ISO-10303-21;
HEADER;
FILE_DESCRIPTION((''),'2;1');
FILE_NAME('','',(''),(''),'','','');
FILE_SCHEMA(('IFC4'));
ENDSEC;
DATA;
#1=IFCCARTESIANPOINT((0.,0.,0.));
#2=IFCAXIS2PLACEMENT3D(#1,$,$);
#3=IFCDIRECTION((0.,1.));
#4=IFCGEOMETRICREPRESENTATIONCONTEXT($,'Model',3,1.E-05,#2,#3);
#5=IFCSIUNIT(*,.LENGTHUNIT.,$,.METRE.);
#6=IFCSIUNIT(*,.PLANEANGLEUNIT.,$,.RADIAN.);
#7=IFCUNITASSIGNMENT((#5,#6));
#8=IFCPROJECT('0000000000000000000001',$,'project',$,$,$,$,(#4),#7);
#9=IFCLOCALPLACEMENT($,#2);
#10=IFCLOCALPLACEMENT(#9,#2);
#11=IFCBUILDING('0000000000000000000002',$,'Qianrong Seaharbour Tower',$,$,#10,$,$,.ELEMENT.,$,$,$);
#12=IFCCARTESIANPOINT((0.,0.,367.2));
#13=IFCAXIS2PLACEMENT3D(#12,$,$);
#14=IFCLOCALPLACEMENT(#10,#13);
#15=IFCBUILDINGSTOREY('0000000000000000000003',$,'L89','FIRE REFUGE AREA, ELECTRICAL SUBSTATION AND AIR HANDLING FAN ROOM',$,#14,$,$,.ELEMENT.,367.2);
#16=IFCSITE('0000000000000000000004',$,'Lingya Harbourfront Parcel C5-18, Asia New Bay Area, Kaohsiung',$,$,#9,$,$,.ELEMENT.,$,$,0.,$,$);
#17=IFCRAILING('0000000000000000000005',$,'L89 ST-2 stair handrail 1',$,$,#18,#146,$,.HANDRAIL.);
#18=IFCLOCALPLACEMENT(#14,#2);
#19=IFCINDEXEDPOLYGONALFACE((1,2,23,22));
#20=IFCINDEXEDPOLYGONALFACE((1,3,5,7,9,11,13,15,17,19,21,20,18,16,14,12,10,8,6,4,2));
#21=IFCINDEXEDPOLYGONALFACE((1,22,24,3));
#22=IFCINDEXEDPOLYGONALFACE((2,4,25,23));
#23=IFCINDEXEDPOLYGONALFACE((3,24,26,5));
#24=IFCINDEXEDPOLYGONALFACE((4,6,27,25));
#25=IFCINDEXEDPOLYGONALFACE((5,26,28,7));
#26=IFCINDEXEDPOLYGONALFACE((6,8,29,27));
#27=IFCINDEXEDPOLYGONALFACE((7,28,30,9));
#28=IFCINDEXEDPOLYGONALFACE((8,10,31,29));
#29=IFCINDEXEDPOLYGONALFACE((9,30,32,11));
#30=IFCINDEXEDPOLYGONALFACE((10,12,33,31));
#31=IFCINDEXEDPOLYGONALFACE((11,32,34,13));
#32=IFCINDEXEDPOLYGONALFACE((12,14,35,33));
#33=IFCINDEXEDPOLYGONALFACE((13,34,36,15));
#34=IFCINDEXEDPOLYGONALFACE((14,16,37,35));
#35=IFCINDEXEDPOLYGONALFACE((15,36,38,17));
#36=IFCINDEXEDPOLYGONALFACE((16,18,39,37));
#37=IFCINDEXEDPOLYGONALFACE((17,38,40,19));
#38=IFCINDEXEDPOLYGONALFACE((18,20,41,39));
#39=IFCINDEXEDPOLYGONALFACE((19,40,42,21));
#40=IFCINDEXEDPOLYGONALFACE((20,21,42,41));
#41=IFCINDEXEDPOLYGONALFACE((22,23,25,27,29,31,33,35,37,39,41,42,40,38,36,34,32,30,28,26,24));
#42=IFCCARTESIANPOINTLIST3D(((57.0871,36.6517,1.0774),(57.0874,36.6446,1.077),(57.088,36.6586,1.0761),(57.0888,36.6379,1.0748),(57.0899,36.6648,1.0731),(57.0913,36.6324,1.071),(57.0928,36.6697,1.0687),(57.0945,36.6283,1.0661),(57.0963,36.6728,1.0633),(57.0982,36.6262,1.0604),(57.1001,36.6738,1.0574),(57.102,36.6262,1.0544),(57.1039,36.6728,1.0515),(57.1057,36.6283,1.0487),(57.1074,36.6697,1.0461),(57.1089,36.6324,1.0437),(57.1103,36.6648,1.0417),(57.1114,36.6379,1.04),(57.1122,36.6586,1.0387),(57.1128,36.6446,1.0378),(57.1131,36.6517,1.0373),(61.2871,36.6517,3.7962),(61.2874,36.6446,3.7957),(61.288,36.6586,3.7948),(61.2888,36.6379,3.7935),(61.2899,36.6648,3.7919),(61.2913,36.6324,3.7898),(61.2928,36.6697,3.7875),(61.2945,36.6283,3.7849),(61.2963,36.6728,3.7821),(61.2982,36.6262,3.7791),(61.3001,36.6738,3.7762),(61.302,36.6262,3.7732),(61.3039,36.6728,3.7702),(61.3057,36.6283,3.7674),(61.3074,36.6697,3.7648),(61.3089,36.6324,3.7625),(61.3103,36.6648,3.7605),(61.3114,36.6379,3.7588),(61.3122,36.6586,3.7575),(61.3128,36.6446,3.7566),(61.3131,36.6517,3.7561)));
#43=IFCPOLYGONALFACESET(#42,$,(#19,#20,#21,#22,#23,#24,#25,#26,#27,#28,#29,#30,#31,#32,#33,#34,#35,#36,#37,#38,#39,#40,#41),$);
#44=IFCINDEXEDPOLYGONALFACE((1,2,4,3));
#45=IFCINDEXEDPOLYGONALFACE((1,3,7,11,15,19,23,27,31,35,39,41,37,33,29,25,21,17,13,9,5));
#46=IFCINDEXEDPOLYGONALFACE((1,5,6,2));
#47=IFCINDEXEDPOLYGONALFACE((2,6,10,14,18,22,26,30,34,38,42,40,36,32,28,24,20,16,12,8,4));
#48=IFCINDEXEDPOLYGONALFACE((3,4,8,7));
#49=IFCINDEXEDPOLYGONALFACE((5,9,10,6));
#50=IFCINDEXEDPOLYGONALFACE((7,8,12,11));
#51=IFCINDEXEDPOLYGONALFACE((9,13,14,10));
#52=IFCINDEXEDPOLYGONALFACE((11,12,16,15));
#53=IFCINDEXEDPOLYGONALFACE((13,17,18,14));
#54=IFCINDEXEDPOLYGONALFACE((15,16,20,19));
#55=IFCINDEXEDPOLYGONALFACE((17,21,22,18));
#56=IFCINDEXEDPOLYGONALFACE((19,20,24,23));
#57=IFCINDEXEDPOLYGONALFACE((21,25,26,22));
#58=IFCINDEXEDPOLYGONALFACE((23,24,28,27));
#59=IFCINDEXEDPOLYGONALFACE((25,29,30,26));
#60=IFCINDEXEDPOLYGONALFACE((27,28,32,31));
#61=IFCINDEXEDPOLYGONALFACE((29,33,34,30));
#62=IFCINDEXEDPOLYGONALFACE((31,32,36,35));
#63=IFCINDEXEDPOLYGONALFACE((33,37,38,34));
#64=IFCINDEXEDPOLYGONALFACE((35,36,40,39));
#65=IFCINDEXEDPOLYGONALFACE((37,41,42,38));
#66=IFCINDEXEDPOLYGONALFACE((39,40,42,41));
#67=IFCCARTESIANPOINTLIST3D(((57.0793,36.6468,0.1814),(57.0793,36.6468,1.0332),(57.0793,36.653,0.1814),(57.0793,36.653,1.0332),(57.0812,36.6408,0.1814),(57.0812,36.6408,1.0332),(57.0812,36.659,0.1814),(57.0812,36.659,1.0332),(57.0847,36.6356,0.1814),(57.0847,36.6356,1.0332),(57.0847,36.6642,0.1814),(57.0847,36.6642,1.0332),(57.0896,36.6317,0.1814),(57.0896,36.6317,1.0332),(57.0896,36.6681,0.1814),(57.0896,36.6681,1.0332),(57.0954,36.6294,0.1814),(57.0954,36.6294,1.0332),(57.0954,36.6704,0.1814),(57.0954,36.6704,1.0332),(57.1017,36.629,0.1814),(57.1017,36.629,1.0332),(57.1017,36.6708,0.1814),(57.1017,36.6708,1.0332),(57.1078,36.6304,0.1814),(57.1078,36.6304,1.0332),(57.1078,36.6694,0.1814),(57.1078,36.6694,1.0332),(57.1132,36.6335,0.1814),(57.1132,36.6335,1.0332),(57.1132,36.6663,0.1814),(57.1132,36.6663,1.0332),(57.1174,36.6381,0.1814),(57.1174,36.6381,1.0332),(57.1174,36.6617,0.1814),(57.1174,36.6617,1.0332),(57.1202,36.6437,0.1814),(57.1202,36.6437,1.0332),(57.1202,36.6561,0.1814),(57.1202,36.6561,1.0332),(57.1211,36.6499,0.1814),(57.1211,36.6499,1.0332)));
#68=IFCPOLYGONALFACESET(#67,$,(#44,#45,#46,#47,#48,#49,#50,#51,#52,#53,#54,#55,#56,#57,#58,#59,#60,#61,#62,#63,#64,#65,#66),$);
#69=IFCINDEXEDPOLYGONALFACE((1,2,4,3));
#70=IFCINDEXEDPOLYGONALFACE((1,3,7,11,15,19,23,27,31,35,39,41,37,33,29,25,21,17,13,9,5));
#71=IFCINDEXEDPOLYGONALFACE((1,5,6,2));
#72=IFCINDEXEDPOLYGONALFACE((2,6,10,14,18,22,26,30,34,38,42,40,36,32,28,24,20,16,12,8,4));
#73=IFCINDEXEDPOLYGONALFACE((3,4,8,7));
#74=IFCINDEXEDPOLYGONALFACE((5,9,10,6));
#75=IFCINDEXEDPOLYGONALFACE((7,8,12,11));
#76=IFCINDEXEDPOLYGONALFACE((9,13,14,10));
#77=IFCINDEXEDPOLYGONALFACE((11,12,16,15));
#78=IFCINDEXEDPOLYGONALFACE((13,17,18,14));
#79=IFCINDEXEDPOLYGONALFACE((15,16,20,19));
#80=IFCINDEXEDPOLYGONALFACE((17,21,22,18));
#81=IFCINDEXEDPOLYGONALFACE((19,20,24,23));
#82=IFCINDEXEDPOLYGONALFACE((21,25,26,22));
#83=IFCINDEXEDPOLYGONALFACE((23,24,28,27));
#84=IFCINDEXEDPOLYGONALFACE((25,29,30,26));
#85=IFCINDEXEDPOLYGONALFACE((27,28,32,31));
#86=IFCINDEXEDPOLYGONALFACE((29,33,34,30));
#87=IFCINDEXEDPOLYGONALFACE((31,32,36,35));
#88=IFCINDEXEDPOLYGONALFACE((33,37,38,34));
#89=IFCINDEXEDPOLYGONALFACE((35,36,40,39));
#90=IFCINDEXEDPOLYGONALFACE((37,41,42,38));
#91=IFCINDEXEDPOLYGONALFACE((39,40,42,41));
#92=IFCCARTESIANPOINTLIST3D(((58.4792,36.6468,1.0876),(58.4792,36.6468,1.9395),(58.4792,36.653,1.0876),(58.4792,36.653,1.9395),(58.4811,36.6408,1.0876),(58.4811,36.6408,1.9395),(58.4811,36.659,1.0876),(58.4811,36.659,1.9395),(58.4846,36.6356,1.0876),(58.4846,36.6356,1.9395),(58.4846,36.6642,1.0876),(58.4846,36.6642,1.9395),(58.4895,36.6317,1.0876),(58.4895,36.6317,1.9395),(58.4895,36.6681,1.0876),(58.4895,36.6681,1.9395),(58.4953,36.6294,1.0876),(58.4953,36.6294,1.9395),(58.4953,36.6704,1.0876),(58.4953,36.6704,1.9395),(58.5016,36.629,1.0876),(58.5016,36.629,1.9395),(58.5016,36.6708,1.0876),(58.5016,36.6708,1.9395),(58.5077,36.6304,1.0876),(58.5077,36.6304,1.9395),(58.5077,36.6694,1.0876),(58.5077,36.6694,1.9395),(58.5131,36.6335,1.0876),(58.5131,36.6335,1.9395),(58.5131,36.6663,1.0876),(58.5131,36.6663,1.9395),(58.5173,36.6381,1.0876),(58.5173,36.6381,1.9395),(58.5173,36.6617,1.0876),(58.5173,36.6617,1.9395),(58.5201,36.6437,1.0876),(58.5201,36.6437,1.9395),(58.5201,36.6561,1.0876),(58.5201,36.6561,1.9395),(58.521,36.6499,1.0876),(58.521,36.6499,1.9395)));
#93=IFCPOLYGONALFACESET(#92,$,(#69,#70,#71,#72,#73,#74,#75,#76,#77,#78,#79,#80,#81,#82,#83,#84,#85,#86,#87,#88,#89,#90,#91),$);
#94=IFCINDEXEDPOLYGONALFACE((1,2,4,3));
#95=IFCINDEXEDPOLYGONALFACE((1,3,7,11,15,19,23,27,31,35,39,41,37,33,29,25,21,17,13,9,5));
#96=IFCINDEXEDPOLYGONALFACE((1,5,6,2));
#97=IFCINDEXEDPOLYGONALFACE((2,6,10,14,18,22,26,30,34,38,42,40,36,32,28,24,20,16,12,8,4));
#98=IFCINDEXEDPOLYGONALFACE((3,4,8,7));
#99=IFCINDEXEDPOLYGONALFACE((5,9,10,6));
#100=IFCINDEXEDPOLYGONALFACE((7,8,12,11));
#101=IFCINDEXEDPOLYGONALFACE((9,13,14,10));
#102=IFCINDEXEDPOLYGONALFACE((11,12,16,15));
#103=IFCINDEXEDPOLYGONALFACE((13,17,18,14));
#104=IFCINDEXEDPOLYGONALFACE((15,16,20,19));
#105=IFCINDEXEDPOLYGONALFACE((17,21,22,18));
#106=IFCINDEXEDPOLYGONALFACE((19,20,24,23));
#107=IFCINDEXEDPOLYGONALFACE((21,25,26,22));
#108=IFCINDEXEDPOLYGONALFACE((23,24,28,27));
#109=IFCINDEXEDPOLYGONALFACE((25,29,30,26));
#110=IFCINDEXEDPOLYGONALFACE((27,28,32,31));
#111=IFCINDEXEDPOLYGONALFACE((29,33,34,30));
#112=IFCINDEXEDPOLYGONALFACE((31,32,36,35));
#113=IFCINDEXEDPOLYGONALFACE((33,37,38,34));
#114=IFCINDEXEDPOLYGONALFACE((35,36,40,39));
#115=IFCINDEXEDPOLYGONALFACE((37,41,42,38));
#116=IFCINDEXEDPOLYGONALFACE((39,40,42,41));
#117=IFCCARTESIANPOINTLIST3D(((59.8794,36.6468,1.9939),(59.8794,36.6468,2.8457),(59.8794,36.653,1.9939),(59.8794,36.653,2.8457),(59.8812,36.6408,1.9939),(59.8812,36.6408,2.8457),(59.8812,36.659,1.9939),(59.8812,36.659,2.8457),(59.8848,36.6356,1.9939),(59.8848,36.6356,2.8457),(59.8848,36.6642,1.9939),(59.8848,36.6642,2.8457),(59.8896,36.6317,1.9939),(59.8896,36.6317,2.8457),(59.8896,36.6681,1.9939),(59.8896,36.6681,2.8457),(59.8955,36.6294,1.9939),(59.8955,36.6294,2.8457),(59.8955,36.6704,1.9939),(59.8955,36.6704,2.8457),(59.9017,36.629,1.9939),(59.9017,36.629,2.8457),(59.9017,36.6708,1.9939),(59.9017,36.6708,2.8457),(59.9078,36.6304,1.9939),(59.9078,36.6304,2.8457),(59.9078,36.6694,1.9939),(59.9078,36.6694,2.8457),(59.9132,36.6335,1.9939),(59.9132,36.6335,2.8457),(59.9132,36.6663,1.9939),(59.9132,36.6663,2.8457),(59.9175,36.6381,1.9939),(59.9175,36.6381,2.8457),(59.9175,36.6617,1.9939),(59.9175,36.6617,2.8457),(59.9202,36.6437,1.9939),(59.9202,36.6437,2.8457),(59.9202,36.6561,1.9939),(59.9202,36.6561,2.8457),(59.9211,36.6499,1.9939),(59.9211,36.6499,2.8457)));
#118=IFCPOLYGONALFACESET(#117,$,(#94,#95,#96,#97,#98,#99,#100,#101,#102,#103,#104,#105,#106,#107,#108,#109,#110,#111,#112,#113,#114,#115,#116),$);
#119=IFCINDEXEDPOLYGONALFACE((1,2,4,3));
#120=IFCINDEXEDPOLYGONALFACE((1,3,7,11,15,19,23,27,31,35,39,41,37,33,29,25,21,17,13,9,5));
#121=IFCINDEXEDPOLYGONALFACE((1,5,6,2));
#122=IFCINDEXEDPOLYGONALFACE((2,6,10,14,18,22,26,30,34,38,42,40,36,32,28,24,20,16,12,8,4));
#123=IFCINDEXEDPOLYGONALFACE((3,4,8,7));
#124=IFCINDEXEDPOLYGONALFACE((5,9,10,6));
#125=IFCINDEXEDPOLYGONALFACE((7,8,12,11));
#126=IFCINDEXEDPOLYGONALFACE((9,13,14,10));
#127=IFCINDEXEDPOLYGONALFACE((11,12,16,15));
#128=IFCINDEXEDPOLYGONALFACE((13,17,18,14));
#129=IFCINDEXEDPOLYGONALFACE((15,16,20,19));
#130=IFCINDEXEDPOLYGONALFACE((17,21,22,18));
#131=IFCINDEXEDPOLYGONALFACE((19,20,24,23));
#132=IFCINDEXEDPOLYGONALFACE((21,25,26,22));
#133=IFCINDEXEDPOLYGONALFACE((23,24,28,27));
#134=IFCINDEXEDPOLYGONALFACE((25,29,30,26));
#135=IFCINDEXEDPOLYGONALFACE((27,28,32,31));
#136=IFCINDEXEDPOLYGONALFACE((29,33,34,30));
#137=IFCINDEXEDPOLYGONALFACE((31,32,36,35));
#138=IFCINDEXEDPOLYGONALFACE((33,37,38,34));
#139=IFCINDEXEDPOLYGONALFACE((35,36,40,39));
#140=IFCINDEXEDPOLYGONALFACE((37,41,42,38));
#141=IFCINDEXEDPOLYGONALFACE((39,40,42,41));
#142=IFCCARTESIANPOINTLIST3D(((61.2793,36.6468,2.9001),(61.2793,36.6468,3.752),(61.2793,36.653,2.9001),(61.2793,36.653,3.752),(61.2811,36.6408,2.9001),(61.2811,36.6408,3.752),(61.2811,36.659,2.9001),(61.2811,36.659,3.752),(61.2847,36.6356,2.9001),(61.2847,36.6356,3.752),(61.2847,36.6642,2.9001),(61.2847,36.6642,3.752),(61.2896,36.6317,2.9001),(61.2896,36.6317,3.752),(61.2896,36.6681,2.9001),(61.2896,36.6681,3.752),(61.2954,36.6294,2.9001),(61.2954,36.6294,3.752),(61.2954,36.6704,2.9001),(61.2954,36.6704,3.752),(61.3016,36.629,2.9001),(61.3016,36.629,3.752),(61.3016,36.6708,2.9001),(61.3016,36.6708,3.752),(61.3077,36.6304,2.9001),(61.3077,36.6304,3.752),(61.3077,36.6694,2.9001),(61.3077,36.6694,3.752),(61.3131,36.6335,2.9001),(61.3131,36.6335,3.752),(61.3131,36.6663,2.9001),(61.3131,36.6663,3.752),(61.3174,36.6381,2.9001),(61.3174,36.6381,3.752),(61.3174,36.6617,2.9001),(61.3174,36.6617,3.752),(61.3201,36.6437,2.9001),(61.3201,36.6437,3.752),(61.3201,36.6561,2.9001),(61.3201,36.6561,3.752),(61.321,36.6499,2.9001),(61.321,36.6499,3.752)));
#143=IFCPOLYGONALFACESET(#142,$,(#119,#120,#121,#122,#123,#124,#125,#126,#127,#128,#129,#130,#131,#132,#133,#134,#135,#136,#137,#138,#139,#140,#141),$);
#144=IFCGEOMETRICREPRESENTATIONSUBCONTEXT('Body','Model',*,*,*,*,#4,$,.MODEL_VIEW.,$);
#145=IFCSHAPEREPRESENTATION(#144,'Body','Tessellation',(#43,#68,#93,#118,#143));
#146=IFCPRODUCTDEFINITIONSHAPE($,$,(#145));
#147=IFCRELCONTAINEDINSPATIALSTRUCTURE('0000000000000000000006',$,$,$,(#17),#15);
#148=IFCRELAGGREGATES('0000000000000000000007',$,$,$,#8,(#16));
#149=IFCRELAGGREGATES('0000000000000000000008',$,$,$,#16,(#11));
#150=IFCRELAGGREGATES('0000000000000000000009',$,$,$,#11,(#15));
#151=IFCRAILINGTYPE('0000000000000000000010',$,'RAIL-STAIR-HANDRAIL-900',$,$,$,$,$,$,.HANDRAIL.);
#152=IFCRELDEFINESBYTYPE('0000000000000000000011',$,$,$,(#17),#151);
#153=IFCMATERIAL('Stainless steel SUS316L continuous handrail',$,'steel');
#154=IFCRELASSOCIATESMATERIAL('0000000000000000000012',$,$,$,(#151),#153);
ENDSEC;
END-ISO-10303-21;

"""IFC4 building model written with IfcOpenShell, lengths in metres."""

from ifc_helpers import new_model, si_unit, direction, frame, origin, origin_2d, place, context, subcontext, project, spatial, circle, extrude, material, type_object, element, save


model = new_model("IFC4")

# Units and contexts
model_context = context("Model", 3, precision=1e-05, world=origin(), true_north=direction((0.0, 1.0)))
body_context = subcontext(model_context, "Body", "Model", "MODEL_VIEW")
ifc_project = project(units=[si_unit("LENGTHUNIT", "METRE"), si_unit("PLANEANGLEUNIT", "RADIAN")], contexts=[model_context])

# Site, building, storey
site_placement = place(None, origin())
site = spatial("IfcSite", under=ifc_project, at=site_placement, Name="Lingya Harbourfront Parcel C5-18, Asia New Bay Area, Kaohsiung", CompositionType="ELEMENT", RefElevation=0.0)
building_placement = place(site_placement, origin())
building = spatial("IfcBuilding", under=site, at=building_placement, Name="Qianrong Seaharbour Tower", CompositionType="ELEMENT")
storey_placement = place(building_placement, frame((0.0, 0.0, 367.2)))
storey = spatial("IfcBuildingStorey", under=building, at=storey_placement, Name="L89", Description="FIRE REFUGE AREA, ELECTRICAL SUBSTATION AND AIR HANDLING FAN ROOM", CompositionType="ELEMENT", Elevation=367.2)

# Railing
ifc_material_1 = material(Name="Stainless steel SUS316L continuous handrail", Category="steel")
railing_type_1 = type_object("IfcRailingType", Name="RAIL-STAIR-HANDRAIL-900", PredefinedType="HANDRAIL", material=ifc_material_1)
railing_1_placement = place(storey_placement, frame((57.1001, 36.6499, 0.1814)))
element("IfcRailing", 1, at=railing_1_placement, inside=storey, type_object=railing_type_1, Name="L89 ST-2 stair handrail 1", PredefinedType="HANDRAIL", context=body_context, shape_type="SweptSolid", body=[
    extrude(circle(Radius=0.0239, at=origin_2d()), frame((0.0, 0.0, 0.876), z_axis=(0.839467, 0.0, 0.543411), x_axis=(0.0, 1.0, 0.0)), (0.0, 0.0, 1.0), 5.0032),
    extrude(circle(Radius=0.021, at=origin_2d()), origin(), (0.0, 0.0, 1.0), 0.8518),
    extrude(circle(Radius=0.021, at=origin_2d()), frame((1.3999, 0.0, 0.9062)), (0.0, 0.0, 1.0), 0.8518),
    extrude(circle(Radius=0.021, at=origin_2d()), frame((2.8, 0.0, 1.8125)), (0.0, 0.0, 1.0), 0.8518),
    extrude(circle(Radius=0.021, at=origin_2d()), frame((4.2, 0.0, 2.7188)), (0.0, 0.0, 1.0), 0.8518),
])

save(model, "model.ifc")
